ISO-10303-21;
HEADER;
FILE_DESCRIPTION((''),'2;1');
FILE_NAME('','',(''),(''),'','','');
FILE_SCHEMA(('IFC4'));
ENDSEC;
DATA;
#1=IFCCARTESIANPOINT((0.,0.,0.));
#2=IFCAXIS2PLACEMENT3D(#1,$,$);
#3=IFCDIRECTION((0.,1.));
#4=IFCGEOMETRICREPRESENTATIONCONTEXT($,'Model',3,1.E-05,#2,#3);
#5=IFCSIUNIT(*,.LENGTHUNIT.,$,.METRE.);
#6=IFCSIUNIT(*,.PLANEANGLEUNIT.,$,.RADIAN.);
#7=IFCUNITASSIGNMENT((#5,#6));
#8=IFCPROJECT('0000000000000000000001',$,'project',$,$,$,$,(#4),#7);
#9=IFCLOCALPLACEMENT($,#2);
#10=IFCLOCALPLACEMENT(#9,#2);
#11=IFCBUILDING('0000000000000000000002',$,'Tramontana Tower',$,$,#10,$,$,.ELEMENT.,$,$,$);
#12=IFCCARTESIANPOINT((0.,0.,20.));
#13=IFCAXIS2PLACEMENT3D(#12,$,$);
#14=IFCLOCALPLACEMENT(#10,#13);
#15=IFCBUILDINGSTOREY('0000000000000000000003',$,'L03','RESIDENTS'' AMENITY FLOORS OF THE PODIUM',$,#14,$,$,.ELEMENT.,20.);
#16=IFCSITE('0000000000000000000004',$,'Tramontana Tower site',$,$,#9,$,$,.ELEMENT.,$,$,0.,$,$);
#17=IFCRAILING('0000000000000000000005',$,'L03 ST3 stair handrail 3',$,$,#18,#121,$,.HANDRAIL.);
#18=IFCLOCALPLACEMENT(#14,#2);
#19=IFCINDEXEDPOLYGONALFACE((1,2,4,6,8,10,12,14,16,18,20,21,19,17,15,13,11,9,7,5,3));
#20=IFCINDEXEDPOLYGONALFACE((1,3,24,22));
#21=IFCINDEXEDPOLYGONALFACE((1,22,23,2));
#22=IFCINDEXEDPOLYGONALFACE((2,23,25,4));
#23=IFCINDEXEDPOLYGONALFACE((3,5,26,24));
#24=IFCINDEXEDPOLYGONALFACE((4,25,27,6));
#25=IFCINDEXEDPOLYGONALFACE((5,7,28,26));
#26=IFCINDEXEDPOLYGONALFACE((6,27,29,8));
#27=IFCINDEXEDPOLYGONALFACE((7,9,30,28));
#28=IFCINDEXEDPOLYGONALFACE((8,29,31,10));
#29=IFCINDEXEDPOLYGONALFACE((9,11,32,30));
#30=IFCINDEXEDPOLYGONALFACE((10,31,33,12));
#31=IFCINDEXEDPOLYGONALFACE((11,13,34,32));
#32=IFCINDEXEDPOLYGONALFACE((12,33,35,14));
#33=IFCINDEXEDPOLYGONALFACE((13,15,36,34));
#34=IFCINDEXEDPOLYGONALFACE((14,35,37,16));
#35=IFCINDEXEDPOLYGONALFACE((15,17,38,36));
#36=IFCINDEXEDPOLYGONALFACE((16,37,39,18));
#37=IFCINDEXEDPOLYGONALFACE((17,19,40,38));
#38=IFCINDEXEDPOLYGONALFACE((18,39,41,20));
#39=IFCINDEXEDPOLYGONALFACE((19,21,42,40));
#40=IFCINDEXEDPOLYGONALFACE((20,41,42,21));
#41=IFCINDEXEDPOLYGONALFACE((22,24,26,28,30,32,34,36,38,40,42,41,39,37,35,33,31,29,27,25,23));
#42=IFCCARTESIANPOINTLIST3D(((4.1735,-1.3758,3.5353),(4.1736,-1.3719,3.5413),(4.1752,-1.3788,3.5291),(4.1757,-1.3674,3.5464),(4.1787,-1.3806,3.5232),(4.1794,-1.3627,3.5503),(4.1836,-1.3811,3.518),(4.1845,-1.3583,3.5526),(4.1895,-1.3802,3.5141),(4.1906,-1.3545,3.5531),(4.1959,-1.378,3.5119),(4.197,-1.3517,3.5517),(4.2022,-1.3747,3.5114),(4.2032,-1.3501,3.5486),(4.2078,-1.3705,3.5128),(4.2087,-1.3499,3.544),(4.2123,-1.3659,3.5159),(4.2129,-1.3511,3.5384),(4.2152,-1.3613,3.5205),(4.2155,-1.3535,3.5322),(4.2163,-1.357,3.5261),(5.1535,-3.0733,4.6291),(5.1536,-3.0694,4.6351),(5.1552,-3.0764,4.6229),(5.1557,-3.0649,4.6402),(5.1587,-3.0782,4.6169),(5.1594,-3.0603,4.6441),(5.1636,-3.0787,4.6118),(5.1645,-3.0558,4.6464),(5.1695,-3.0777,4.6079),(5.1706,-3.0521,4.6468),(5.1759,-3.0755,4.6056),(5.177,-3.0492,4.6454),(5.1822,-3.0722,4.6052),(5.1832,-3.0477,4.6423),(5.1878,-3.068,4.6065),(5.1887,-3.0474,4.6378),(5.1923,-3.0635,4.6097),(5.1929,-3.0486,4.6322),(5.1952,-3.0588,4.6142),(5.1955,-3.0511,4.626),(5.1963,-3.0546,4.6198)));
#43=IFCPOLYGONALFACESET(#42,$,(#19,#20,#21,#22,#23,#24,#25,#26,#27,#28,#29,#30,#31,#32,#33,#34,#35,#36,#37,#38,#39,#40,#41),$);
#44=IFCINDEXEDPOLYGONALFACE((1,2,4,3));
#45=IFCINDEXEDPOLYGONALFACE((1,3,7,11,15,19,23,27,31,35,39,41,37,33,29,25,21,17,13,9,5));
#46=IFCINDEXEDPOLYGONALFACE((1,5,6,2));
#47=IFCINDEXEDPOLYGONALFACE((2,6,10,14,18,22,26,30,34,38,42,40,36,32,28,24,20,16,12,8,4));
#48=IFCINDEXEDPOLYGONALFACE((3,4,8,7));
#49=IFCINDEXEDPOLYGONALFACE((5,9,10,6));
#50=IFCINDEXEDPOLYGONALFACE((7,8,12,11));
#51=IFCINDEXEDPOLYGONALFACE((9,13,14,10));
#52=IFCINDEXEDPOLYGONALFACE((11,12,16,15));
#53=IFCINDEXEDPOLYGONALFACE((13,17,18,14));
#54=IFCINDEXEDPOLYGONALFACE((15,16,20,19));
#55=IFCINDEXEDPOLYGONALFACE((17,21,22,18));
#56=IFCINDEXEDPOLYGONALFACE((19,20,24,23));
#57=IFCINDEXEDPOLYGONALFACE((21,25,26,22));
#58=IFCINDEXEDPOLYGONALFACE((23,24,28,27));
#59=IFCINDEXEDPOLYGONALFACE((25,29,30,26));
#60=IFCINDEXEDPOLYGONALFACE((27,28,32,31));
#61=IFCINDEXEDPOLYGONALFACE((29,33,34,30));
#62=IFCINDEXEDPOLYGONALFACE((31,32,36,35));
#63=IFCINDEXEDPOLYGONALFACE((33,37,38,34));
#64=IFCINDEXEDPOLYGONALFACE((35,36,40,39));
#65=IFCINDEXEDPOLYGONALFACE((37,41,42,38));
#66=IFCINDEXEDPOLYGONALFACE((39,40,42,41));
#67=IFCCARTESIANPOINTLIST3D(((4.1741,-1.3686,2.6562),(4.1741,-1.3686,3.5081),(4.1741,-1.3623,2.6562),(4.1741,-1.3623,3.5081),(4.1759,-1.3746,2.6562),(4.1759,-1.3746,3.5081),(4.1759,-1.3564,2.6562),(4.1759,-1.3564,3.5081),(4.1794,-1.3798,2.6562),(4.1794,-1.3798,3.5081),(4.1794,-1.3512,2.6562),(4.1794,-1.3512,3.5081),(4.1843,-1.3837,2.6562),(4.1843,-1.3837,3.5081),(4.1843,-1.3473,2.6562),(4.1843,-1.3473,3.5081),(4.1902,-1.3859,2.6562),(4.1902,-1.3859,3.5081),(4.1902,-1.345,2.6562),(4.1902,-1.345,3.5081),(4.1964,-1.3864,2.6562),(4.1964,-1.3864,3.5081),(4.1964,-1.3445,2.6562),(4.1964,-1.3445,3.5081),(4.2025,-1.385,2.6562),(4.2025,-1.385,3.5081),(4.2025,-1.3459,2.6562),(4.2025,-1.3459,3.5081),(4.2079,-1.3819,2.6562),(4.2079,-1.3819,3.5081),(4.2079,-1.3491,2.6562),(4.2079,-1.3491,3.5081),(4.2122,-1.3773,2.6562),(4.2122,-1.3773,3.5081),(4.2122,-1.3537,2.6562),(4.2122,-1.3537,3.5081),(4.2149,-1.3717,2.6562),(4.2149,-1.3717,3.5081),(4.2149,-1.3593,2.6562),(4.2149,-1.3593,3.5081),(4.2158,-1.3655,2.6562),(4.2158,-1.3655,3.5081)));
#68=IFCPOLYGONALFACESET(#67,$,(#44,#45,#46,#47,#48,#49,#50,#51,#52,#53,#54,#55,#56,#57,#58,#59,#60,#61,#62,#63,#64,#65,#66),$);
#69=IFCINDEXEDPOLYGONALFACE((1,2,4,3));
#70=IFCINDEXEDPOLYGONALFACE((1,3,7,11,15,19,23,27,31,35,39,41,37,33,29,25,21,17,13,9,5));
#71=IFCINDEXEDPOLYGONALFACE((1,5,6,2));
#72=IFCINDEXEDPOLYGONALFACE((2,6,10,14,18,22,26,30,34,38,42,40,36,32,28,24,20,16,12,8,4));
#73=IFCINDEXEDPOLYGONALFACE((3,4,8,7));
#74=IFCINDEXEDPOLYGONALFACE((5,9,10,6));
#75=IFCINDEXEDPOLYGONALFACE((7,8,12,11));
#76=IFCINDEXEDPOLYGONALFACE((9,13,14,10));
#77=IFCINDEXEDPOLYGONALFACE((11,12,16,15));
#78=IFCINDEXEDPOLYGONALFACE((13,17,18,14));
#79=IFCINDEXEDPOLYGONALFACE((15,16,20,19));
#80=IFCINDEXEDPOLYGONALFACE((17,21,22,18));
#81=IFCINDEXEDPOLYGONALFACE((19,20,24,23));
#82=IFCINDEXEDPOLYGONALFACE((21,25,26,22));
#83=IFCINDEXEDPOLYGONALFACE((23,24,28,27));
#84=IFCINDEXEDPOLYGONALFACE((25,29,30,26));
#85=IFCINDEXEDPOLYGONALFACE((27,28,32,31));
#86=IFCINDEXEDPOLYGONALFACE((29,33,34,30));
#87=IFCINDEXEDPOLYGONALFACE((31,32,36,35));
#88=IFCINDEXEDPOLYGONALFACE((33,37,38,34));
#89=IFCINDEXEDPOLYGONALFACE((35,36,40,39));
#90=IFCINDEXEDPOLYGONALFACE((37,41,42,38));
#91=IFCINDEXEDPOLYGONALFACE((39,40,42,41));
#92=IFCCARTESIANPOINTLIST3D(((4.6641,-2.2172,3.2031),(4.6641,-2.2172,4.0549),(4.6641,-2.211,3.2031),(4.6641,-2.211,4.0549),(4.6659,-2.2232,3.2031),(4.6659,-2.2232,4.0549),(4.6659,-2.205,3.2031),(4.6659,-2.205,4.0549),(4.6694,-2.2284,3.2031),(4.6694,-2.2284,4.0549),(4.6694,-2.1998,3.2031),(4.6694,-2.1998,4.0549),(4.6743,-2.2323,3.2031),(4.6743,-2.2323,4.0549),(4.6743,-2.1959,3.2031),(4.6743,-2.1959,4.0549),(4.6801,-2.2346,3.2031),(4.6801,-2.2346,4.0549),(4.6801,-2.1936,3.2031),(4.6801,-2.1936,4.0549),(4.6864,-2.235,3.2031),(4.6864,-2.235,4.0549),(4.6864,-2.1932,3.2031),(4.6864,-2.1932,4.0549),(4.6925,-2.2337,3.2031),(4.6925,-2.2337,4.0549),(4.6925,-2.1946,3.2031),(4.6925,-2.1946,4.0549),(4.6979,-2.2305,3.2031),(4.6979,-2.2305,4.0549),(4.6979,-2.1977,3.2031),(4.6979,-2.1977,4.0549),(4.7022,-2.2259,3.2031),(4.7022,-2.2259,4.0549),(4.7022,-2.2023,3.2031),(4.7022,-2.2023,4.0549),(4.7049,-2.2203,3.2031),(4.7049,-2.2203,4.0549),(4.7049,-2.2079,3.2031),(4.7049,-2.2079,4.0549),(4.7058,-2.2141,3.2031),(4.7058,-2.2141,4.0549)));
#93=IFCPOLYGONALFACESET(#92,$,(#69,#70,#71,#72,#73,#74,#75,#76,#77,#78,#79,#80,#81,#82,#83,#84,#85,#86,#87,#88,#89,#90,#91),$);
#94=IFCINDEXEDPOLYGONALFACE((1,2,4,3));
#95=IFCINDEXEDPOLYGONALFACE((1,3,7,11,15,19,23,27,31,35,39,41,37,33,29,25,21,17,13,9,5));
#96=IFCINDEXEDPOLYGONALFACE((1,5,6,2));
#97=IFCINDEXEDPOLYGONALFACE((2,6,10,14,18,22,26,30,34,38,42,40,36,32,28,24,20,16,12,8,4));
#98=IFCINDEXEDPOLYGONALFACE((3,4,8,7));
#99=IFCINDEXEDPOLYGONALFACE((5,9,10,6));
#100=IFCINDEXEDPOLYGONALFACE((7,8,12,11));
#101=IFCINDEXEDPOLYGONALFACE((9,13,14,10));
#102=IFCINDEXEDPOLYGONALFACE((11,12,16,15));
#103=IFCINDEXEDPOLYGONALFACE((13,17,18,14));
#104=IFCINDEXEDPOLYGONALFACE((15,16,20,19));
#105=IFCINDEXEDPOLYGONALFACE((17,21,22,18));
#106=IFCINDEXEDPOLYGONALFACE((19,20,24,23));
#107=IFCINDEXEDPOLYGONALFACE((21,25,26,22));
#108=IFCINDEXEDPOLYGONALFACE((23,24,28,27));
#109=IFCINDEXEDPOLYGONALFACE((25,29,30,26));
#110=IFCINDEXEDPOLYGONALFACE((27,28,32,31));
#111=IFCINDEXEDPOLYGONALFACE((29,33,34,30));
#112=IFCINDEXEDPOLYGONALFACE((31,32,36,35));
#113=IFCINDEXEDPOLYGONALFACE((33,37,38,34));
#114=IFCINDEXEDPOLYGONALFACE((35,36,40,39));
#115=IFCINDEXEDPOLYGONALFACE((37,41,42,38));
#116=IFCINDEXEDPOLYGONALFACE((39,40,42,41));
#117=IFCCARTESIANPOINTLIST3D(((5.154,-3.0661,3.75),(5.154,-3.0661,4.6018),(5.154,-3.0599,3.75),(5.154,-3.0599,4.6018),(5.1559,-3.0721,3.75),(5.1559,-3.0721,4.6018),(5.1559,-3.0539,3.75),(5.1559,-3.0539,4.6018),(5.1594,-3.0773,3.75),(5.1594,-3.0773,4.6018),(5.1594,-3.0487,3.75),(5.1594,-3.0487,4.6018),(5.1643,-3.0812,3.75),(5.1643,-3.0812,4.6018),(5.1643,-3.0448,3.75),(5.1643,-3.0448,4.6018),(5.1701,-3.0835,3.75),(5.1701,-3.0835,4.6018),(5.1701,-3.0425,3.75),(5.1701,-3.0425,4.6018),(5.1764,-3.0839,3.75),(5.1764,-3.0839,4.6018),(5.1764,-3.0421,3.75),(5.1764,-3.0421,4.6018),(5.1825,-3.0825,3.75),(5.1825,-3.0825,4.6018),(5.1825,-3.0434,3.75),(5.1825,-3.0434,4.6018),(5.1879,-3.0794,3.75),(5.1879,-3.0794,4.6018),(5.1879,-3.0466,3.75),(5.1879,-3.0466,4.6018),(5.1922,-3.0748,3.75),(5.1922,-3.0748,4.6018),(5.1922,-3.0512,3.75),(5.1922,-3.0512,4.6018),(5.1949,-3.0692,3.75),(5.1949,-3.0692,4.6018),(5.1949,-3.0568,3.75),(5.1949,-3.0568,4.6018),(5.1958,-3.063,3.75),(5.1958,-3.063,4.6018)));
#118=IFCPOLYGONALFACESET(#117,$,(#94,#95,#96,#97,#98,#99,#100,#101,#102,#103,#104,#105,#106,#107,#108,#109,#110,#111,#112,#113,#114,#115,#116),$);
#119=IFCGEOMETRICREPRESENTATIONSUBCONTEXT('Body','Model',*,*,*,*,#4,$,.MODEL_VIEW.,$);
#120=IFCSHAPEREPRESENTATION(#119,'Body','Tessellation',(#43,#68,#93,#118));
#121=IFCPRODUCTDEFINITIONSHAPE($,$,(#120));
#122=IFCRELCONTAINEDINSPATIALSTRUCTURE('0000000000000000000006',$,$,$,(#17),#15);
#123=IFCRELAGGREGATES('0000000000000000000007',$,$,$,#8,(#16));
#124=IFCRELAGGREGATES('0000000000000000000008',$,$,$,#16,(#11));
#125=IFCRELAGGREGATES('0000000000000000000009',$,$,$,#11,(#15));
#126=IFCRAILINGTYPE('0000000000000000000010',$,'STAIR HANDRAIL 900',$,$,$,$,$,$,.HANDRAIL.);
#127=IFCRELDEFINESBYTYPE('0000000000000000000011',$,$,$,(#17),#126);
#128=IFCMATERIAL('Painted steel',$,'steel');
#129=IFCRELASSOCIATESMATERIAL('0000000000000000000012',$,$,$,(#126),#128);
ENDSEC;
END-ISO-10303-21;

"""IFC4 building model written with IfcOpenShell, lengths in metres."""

from ifc_helpers import new_model, si_unit, direction, frame, origin, origin_2d, place, context, subcontext, project, spatial, circle, extrude, material, type_object, element, save


model = new_model("IFC4")

# Units and contexts
model_context = context("Model", 3, precision=1e-05, world=origin(), true_north=direction((0.0, 1.0)))
body_context = subcontext(model_context, "Body", "Model", "MODEL_VIEW")
ifc_project = project(units=[si_unit("LENGTHUNIT", "METRE"), si_unit("PLANEANGLEUNIT", "RADIAN")], contexts=[model_context])

# Site, building, storey
site_placement = place(None, origin())
site = spatial("IfcSite", under=ifc_project, at=site_placement, Name="Tramontana Tower site", CompositionType="ELEMENT", RefElevation=0.0)
building_placement = place(site_placement, origin())
building = spatial("IfcBuilding", under=site, at=building_placement, Name="Tramontana Tower", CompositionType="ELEMENT")
storey_placement = place(building_placement, frame((0.0, 0.0, 20.0)))
storey = spatial("IfcBuildingStorey", under=building, at=storey_placement, Name="L03", Description="RESIDENTS' AMENITY FLOORS OF THE PODIUM", CompositionType="ELEMENT", Elevation=20.0)

# Railing
ifc_material_1 = material(Name="Painted steel", Category="steel")
railing_type = type_object("IfcRailingType", Name="STAIR HANDRAIL 900", PredefinedType="HANDRAIL", material=ifc_material_1)
for number, where, name in (
    (1, (4.1948, -1.3655, 2.6562), "L03 ST3 stair handrail 3"),
):
    element("IfcRailing", number, at=place(storey_placement, frame(where)), inside=storey, type_object=railing_type, Name=name, PredefinedType="HANDRAIL", context=body_context, shape_type="SweptSolid", body=[
        extrude(circle(Radius=0.0239, at=origin_2d()), frame((0.0, 0.0, 0.876), z_axis=(0.436596, -0.756267, 0.487282), x_axis=(0.866042, 0.49997, 0.0)), (0.0, 0.0, 1.0), 2.2446),
        extrude(circle(Radius=0.021, at=origin_2d()), origin(), (0.0, 0.0, 1.0), 0.8518),
        extrude(circle(Radius=0.021, at=origin_2d()), frame((0.49, -0.8486, 0.5469)), (0.0, 0.0, 1.0), 0.8518),
        extrude(circle(Radius=0.021, at=origin_2d()), frame((0.98, -1.6975, 1.0938)), (0.0, 0.0, 1.0), 0.8518),
    ])

save(model, "model.ifc")
